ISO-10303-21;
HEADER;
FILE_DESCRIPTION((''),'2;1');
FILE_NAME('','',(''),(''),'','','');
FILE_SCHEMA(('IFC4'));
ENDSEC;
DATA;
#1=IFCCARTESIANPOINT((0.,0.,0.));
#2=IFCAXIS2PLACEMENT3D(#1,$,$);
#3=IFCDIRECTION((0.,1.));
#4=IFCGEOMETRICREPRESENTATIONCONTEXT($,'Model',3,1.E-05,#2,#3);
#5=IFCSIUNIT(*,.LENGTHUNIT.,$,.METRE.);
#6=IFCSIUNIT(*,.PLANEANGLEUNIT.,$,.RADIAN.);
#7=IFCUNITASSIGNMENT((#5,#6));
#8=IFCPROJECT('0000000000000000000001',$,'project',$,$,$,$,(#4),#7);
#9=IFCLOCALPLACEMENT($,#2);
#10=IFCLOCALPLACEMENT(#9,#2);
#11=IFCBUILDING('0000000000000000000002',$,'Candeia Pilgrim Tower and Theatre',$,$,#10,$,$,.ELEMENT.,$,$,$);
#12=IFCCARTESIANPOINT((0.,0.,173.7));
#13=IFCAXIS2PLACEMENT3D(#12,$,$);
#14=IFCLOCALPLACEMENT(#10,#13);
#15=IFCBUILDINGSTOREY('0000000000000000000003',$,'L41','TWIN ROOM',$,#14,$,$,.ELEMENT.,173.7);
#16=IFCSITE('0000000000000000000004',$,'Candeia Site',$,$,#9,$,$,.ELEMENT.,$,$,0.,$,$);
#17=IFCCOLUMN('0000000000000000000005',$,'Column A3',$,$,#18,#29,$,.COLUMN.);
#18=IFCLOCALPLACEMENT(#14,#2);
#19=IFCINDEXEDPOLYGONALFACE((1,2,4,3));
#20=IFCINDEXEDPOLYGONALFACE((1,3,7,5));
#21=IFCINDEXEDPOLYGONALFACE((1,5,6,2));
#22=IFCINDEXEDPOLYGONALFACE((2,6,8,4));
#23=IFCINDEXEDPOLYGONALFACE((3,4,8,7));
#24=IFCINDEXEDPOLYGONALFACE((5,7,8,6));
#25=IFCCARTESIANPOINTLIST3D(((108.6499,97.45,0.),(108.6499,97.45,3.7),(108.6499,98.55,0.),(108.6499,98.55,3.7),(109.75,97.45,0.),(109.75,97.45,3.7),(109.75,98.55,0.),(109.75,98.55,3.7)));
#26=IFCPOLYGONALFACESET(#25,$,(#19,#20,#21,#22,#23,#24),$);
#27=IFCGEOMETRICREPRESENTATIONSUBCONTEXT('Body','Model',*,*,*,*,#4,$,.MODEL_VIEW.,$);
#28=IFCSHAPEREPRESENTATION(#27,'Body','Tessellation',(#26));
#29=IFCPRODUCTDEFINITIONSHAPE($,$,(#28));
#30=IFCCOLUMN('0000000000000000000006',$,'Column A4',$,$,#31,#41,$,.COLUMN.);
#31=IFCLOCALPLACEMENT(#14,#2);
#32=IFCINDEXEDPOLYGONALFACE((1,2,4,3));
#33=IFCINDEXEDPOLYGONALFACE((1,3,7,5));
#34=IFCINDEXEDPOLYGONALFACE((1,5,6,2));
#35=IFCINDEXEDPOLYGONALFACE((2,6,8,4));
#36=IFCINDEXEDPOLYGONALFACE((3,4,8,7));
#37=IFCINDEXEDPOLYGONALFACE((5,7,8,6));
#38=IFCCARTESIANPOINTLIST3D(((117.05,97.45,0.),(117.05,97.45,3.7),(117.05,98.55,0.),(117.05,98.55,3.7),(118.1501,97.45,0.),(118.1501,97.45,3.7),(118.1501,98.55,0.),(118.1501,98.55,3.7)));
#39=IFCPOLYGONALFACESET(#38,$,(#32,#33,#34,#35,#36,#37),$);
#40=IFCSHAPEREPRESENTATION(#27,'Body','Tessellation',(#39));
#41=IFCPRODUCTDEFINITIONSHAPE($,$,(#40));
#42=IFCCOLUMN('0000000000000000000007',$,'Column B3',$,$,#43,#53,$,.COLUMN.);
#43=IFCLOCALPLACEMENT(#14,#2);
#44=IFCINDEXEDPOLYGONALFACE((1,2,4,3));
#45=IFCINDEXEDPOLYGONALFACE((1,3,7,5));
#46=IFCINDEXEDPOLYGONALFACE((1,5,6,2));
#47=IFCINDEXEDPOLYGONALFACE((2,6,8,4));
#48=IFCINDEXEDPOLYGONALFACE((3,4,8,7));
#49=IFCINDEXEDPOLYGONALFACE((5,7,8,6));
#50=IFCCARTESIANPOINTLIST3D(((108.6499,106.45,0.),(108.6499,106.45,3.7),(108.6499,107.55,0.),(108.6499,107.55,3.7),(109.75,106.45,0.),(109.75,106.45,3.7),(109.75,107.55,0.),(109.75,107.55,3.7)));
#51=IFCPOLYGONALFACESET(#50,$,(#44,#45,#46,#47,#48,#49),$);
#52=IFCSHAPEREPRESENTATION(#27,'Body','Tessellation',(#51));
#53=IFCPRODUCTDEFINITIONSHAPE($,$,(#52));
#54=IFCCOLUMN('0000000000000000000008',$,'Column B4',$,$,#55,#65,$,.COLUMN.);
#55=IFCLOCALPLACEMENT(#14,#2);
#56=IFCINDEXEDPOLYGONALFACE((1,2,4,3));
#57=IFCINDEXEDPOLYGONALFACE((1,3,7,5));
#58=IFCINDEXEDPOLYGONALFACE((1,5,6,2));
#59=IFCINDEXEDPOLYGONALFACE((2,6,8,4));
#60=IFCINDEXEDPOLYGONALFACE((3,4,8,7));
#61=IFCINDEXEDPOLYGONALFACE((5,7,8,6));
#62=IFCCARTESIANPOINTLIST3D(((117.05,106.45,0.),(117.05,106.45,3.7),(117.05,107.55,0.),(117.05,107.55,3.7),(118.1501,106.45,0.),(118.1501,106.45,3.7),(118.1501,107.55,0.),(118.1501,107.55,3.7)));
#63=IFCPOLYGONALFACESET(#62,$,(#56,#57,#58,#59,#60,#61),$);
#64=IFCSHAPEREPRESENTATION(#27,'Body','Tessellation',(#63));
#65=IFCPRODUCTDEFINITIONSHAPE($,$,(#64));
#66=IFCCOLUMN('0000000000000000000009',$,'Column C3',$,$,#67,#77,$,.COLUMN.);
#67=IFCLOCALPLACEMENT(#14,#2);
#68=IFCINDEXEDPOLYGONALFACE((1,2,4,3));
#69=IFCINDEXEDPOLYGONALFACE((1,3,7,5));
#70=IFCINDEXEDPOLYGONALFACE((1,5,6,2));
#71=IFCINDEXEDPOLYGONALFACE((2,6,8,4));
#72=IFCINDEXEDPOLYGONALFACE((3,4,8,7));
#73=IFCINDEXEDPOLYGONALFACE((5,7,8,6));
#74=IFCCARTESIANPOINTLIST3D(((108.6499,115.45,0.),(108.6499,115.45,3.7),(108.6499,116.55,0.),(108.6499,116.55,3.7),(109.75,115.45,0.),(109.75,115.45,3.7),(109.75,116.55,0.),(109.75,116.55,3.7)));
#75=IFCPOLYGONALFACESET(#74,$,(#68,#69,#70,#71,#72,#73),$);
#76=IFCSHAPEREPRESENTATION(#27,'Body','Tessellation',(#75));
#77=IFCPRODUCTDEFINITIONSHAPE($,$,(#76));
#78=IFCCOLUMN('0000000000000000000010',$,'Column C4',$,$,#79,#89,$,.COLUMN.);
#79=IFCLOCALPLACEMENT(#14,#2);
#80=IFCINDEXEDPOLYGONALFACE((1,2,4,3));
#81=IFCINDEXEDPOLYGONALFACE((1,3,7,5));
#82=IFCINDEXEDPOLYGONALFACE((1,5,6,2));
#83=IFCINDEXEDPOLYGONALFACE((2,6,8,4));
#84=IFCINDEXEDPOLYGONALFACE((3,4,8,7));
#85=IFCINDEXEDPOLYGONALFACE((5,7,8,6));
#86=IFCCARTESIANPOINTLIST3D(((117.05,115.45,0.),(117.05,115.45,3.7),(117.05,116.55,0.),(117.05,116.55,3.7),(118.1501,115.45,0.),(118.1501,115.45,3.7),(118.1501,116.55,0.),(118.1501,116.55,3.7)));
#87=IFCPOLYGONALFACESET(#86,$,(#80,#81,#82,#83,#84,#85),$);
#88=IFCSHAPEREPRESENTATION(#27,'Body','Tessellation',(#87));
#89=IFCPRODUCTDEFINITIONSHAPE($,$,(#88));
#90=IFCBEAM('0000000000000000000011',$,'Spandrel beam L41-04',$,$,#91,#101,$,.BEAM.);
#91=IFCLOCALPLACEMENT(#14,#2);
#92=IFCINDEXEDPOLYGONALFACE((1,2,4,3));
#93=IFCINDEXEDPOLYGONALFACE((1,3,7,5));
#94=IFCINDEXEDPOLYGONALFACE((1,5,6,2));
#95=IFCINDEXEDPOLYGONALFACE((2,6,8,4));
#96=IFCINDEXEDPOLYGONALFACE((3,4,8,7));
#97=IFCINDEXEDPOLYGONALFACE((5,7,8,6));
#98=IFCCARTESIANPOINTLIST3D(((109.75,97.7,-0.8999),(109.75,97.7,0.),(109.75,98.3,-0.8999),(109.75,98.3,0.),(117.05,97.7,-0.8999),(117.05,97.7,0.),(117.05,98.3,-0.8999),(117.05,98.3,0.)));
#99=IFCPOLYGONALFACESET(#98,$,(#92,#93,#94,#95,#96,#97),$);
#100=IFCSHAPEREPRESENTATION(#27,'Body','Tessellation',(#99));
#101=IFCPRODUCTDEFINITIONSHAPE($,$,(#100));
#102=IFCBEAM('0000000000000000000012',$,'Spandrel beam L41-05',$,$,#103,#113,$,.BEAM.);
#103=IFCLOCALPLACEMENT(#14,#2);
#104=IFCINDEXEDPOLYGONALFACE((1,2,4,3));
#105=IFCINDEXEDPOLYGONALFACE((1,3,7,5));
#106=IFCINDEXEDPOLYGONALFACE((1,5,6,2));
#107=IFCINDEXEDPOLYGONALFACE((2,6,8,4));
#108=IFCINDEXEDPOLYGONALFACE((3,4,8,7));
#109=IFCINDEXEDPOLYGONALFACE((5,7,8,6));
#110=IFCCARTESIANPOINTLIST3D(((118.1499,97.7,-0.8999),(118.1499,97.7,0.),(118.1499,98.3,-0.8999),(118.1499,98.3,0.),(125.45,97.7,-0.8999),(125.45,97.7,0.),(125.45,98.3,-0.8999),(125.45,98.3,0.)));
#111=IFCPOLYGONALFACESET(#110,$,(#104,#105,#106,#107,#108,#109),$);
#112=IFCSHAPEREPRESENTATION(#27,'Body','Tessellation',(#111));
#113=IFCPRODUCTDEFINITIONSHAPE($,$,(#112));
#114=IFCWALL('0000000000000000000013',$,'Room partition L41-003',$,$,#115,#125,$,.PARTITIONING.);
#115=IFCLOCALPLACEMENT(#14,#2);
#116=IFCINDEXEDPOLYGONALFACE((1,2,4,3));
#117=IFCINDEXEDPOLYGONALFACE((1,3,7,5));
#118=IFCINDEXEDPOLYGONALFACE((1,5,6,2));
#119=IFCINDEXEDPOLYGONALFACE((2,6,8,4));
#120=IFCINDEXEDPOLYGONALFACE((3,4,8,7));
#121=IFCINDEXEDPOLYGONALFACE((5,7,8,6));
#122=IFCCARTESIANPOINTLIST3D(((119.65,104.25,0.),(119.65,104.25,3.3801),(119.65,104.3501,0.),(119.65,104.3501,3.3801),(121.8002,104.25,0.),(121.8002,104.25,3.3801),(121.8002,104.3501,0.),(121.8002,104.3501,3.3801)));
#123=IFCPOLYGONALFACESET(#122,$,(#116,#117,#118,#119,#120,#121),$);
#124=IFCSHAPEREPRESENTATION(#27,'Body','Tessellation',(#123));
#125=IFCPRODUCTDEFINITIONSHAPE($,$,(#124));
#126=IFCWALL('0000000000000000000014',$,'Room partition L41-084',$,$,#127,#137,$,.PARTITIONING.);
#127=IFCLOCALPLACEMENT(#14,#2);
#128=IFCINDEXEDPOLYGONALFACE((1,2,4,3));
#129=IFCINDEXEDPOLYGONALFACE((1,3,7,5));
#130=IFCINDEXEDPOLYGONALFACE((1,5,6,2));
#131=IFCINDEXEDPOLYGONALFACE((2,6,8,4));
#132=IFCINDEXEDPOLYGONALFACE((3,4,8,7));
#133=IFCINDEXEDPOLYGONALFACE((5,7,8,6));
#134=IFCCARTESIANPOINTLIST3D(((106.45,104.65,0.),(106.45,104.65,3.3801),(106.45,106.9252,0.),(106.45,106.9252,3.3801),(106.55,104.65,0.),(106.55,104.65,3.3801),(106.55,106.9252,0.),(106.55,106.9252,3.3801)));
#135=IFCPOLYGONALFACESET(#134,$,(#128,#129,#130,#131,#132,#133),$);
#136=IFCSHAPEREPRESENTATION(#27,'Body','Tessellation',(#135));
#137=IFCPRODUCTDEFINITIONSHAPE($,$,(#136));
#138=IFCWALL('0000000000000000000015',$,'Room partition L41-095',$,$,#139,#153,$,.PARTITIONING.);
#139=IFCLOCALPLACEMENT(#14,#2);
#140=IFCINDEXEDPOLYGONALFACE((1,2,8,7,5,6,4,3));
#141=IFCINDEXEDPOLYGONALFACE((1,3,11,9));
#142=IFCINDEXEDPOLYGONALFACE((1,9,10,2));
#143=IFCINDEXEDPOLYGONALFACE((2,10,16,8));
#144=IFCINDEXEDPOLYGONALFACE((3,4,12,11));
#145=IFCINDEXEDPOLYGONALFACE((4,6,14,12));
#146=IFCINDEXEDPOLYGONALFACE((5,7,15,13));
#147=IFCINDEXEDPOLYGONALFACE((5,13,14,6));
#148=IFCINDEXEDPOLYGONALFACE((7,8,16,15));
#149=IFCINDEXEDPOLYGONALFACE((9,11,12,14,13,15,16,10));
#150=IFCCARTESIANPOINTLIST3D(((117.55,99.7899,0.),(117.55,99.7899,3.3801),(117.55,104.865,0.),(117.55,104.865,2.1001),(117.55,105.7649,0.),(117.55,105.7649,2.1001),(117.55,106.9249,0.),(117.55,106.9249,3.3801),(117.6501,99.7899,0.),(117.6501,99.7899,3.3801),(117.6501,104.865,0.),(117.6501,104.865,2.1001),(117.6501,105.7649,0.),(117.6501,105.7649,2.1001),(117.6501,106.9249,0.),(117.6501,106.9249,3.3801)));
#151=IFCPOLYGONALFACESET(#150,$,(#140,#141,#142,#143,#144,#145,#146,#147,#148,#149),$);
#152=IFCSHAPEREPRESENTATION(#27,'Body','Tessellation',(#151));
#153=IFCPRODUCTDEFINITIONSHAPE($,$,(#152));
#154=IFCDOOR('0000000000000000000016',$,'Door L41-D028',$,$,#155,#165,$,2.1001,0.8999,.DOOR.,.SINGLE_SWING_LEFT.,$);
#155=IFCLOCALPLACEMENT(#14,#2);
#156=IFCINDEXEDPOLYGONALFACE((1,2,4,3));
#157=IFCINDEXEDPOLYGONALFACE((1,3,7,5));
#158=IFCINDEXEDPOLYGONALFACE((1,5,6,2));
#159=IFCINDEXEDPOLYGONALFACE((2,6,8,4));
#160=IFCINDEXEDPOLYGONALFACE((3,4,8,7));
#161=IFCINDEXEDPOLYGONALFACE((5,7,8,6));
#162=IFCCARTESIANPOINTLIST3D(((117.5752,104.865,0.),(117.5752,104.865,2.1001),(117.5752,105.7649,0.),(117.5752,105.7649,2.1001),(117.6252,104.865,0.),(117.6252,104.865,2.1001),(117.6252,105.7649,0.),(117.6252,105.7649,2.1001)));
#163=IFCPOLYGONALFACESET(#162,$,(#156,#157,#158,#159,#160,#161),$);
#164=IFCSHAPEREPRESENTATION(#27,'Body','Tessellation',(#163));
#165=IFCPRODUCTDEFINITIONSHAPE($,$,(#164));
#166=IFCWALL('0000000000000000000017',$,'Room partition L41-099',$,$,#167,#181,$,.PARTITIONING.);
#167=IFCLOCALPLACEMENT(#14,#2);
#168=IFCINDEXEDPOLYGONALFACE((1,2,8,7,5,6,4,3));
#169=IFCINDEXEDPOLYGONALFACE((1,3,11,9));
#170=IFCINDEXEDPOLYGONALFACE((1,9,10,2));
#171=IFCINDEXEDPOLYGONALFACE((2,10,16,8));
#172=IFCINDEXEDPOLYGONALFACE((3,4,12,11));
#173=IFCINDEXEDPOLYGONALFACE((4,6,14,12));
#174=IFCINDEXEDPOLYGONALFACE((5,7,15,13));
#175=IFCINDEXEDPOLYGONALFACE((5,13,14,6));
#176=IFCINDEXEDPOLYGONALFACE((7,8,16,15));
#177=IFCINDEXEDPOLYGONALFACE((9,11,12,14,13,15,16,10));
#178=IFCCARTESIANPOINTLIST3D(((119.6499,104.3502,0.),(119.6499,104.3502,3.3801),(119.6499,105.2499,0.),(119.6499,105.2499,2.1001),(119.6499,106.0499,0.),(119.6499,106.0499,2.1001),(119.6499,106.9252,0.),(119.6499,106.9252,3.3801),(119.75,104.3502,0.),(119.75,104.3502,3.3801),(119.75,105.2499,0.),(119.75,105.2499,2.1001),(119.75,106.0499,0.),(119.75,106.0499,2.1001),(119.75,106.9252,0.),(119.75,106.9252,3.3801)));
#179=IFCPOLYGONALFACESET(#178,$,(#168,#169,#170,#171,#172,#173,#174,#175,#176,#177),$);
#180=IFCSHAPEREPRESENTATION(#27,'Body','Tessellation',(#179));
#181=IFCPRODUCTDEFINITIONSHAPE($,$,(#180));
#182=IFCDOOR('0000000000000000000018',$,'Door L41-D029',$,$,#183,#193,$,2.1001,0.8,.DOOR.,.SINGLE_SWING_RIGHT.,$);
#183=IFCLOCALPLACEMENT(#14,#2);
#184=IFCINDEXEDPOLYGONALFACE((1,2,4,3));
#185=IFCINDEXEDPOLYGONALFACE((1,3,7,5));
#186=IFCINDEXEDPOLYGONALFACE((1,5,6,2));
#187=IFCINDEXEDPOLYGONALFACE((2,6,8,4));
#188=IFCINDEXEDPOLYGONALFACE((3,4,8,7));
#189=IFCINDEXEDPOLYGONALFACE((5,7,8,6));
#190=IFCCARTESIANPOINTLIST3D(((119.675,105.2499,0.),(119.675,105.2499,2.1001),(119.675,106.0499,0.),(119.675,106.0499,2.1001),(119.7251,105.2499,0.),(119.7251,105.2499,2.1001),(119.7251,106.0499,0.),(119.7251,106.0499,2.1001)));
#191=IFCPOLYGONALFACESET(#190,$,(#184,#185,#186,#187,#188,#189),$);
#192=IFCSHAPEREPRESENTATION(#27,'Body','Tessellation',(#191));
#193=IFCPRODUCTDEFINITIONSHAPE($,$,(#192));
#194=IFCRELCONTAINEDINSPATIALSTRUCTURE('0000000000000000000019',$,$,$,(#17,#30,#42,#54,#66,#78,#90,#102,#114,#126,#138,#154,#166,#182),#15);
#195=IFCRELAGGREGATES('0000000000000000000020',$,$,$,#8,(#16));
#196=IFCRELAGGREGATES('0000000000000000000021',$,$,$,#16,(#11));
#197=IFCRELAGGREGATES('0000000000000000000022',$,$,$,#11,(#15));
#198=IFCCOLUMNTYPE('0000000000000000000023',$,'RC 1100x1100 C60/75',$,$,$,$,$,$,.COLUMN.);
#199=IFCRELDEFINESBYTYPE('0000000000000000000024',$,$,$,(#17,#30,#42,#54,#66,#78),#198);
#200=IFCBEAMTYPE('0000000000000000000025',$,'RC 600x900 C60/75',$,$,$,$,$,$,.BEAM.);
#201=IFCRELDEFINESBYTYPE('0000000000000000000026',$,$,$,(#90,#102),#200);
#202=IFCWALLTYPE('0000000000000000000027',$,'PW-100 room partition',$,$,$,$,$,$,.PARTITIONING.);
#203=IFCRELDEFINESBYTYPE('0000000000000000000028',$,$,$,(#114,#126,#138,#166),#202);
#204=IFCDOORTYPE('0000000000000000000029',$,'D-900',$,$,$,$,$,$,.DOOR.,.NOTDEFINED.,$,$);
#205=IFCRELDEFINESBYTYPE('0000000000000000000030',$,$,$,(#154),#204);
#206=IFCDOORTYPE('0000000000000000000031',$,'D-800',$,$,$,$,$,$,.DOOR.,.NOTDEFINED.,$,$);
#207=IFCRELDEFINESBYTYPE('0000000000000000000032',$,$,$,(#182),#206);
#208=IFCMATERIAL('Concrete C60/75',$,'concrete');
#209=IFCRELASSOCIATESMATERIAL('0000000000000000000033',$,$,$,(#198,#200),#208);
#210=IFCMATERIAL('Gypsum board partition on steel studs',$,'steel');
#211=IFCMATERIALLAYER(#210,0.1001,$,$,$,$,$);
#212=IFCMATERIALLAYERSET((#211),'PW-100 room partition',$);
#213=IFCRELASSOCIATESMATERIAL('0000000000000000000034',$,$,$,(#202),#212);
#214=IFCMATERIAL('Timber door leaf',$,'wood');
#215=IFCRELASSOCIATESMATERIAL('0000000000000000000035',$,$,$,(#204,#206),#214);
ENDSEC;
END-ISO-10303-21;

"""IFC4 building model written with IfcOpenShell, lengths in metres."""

from ifc_helpers import new_model, si_unit, direction, frame, frame_2d, origin, origin_2d, place, context, subcontext, project, spatial, rectangle, extrude, material, layer, layer_set, material_profile, profile_set, type_object, element, fill, save


model = new_model("IFC4")

# Units and contexts
model_context = context("Model", 3, precision=1e-05, world=origin(), true_north=direction((0.0, 1.0)))
body_context = subcontext(model_context, "Body", "Model", "MODEL_VIEW")
ifc_project = project(units=[si_unit("LENGTHUNIT", "METRE"), si_unit("PLANEANGLEUNIT", "RADIAN")], contexts=[model_context])

# Site, building, storey
site_placement = place(None, origin())
site = spatial("IfcSite", under=ifc_project, at=site_placement, Name="Candeia Site", CompositionType="ELEMENT", RefElevation=0.0)
building_placement = place(site_placement, origin())
building = spatial("IfcBuilding", under=site, at=building_placement, Name="Candeia Pilgrim Tower and Theatre", CompositionType="ELEMENT")
storey_placement = place(building_placement, frame((0.0, 0.0, 173.7)))
storey = spatial("IfcBuildingStorey", under=building, at=storey_placement, Name="L41", Description="TWIN ROOM", CompositionType="ELEMENT", Elevation=173.7)

# Columns
ifc_material_1 = material(Name="Concrete C60/75", Category="concrete")
ifc_material_profile_1 = material_profile(ifc_material_1, rectangle(XDim=1.1001, YDim=1.1001, at=origin_2d()))
ifc_profile_set_1 = profile_set([ifc_material_profile_1], Name="Concrete C60/75")
column_type = type_object("IfcColumnType", Name="RC 1100x1100 C60/75", PredefinedType="COLUMN", material=ifc_profile_set_1)
for number, where, z_axis, x_axis, name in (
    (1, (109.2, 98.0, 0.0), (0.0, 0.0, 1.0), (1.0, 0.0, 0.0), "Column A3"),
    (2, (117.6001, 98.0, 0.0), (0.0, 0.0, 1.0), (1.0, 0.0, 0.0), "Column A4"),
    (3, (109.2, 107.0, 0.0), (0.0, 0.0, 1.0), (1.0, 0.0, 0.0), "Column B3"),
    (4, (117.6001, 107.0, 0.0), (0.0, 0.0, 1.0), (1.0, 0.0, 0.0), "Column B4"),
    (5, (109.2, 116.0, 0.0), (0.0, 0.0, 1.0), (1.0, 0.0, 0.0), "Column C3"),
    (6, (117.6001, 116.0, 0.0), (0.0, 0.0, 1.0), (1.0, 0.0, 0.0), "Column C4"),
):
    element("IfcColumn", number, at=place(storey_placement, frame(where, z_axis=z_axis, x_axis=x_axis)), inside=storey, type_object=column_type, Name=name, PredefinedType="COLUMN", context=body_context, shape_type="SweptSolid", body=[
        extrude(rectangle(XDim=1.1001, YDim=1.1001, at=origin_2d()), origin(), (0.0, 0.0, 1.0), 3.7),
    ])

# Beams
ifc_material_profile_2 = material_profile(ifc_material_1, rectangle(XDim=0.6001, YDim=0.8999, at=origin_2d()))
ifc_profile_set_2 = profile_set([ifc_material_profile_2], Name="Concrete C60/75")
beam_type = type_object("IfcBeamType", Name="RC 600x900 C60/75", PredefinedType="BEAM", material=ifc_profile_set_2)
for number, where, z_axis, x_axis, name in (
    (7, (109.75, 98.0, -0.45), (1.0, 0.0, 0.0), (0.0, 1.0, 0.0), "Spandrel beam L41-04"),
    (8, (118.1499, 98.0, -0.45), (1.0, 0.0, 0.0), (0.0, 1.0, 0.0), "Spandrel beam L41-05"),
):
    element("IfcBeam", number, at=place(storey_placement, frame(where, z_axis=z_axis, x_axis=x_axis)), inside=storey, type_object=beam_type, Name=name, PredefinedType="BEAM", context=body_context, shape_type="SweptSolid", body=[
        extrude(rectangle(XDim=0.6001, YDim=0.8999, at=origin_2d()), origin(), (0.0, 0.0, 1.0), 7.3),
    ])

# Walls
ifc_material_2 = material(Name="Gypsum board partition on steel studs", Category="steel")
ifc_layer_1 = layer(ifc_material_2, 0.1001)
ifc_layer_set_1 = layer_set([ifc_layer_1], Name="PW-100 room partition")
wall_type_1 = type_object("IfcWallType", Name="PW-100 room partition", PredefinedType="PARTITIONING", material=ifc_layer_set_1)
wall_1_placement = place(storey_placement, frame((119.6499, 104.3, 0.0), z_axis=(0.0, 0.0, 1.0), x_axis=(1.0, 0.0, 0.0)))
element("IfcWall", 9, at=wall_1_placement, inside=storey, type_object=wall_type_1, Name="Room partition L41-003", PredefinedType="PARTITIONING", context=body_context, shape_type="SweptSolid", body=[
    extrude(rectangle(XDim=2.1501, YDim=0.1001, at=frame_2d((1.0752, 0.0))), origin(), (0.0, 0.0, 1.0), 3.3801),
])
wall_2_placement = place(storey_placement, frame((106.5, 104.6499, 0.0), z_axis=(0.0, 0.0, 1.0), x_axis=(0.0, 1.0, 0.0)))
element("IfcWall", 10, at=wall_2_placement, inside=storey, type_object=wall_type_1, Name="Room partition L41-084", PredefinedType="PARTITIONING", context=body_context, shape_type="SweptSolid", body=[
    extrude(rectangle(XDim=2.2751, YDim=0.1001, at=frame_2d((1.1377, 0.0))), origin(), (0.0, 0.0, 1.0), 3.3801),
])

# Walls, openings, doors
wall_3_placement = place(storey_placement, frame((117.6001, 99.79, 0.0), z_axis=(0.0, 0.0, 1.0), x_axis=(0.0, 1.0, 0.0)))
wall_3 = element("IfcWall", 11, at=wall_3_placement, inside=storey, type_object=wall_type_1, Name="Room partition L41-095", PredefinedType="PARTITIONING", context=body_context, shape_type="SweptSolid", body=[
    extrude(rectangle(XDim=7.135, YDim=0.1001, at=frame_2d((3.5674, 0.0))), origin(), (0.0, 0.0, 1.0), 3.3801),
])
opening_1_placement = place(wall_3_placement, frame((5.075, 0.0, 0.0)))
opening_1 = element("IfcOpeningElement", 12, at=opening_1_placement, cuts=wall_3, PredefinedType="OPENING", context=body_context, shape_type="SweptSolid", body=[
    extrude(rectangle(XDim=0.8999, YDim=2.1001, at=frame_2d((0.45, 1.05))), frame((0.0, 0.0601, 0.0), z_axis=(0.0, -1.0, 0.0), x_axis=(1.0, 0.0, 0.0)), (0.0, 0.0, 1.0), 0.1201),
])
ifc_material_3 = material(Name="Timber door leaf", Category="wood")
door_type_1 = type_object("IfcDoorType", Name="D-900", OperationType="NOTDEFINED", PredefinedType="DOOR", material=ifc_material_3)
door_1_placement = place(opening_1_placement, origin())
door_1 = element("IfcDoor", 13, at=door_1_placement, inside=storey, type_object=door_type_1, Name="Door L41-D028", OperationType="SINGLE_SWING_LEFT", OverallHeight=2.1001, OverallWidth=0.8999, PredefinedType="DOOR", context=body_context, shape_type="SweptSolid", body=[
    extrude(rectangle(XDim=0.8999, YDim=2.1001, at=frame_2d((0.45, 1.05))), frame((0.0, 0.0249, 0.0), z_axis=(0.0, -1.0, 0.0), x_axis=(1.0, 0.0, 0.0)), (0.0, 0.0, 1.0), 0.05),
])
fill(opening_1, door_1)
wall_4_placement = place(storey_placement, frame((119.7, 104.3501, 0.0), z_axis=(0.0, 0.0, 1.0), x_axis=(0.0, 1.0, 0.0)))
wall_4 = element("IfcWall", 14, at=wall_4_placement, inside=storey, type_object=wall_type_1, Name="Room partition L41-099", PredefinedType="PARTITIONING", context=body_context, shape_type="SweptSolid", body=[
    extrude(rectangle(XDim=2.575, YDim=0.1001, at=frame_2d((1.2876, 0.0))), origin(), (0.0, 0.0, 1.0), 3.3801),
])
opening_2_placement = place(wall_4_placement, frame((0.8999, 0.0, 0.0)))
opening_2 = element("IfcOpeningElement", 15, at=opening_2_placement, cuts=wall_4, PredefinedType="OPENING", context=body_context, shape_type="SweptSolid", body=[
    extrude(rectangle(XDim=0.8, YDim=2.1001, at=frame_2d((0.3999, 1.05))), frame((0.0, 0.0601, 0.0), z_axis=(0.0, -1.0, 0.0), x_axis=(1.0, 0.0, 0.0)), (0.0, 0.0, 1.0), 0.1201),
])
door_type_2 = type_object("IfcDoorType", Name="D-800", OperationType="NOTDEFINED", PredefinedType="DOOR", material=ifc_material_3)
door_2_placement = place(opening_2_placement, origin())
door_2 = element("IfcDoor", 16, at=door_2_placement, inside=storey, type_object=door_type_2, Name="Door L41-D029", OperationType="SINGLE_SWING_RIGHT", OverallHeight=2.1001, OverallWidth=0.8, PredefinedType="DOOR", context=body_context, shape_type="SweptSolid", body=[
    extrude(rectangle(XDim=0.8, YDim=2.1001, at=frame_2d((0.3999, 1.05))), frame((0.0, 0.0249, 0.0), z_axis=(0.0, -1.0, 0.0), x_axis=(1.0, 0.0, 0.0)), (0.0, 0.0, 1.0), 0.05),
])
fill(opening_2, door_2)

save(model, "model.ifc")
